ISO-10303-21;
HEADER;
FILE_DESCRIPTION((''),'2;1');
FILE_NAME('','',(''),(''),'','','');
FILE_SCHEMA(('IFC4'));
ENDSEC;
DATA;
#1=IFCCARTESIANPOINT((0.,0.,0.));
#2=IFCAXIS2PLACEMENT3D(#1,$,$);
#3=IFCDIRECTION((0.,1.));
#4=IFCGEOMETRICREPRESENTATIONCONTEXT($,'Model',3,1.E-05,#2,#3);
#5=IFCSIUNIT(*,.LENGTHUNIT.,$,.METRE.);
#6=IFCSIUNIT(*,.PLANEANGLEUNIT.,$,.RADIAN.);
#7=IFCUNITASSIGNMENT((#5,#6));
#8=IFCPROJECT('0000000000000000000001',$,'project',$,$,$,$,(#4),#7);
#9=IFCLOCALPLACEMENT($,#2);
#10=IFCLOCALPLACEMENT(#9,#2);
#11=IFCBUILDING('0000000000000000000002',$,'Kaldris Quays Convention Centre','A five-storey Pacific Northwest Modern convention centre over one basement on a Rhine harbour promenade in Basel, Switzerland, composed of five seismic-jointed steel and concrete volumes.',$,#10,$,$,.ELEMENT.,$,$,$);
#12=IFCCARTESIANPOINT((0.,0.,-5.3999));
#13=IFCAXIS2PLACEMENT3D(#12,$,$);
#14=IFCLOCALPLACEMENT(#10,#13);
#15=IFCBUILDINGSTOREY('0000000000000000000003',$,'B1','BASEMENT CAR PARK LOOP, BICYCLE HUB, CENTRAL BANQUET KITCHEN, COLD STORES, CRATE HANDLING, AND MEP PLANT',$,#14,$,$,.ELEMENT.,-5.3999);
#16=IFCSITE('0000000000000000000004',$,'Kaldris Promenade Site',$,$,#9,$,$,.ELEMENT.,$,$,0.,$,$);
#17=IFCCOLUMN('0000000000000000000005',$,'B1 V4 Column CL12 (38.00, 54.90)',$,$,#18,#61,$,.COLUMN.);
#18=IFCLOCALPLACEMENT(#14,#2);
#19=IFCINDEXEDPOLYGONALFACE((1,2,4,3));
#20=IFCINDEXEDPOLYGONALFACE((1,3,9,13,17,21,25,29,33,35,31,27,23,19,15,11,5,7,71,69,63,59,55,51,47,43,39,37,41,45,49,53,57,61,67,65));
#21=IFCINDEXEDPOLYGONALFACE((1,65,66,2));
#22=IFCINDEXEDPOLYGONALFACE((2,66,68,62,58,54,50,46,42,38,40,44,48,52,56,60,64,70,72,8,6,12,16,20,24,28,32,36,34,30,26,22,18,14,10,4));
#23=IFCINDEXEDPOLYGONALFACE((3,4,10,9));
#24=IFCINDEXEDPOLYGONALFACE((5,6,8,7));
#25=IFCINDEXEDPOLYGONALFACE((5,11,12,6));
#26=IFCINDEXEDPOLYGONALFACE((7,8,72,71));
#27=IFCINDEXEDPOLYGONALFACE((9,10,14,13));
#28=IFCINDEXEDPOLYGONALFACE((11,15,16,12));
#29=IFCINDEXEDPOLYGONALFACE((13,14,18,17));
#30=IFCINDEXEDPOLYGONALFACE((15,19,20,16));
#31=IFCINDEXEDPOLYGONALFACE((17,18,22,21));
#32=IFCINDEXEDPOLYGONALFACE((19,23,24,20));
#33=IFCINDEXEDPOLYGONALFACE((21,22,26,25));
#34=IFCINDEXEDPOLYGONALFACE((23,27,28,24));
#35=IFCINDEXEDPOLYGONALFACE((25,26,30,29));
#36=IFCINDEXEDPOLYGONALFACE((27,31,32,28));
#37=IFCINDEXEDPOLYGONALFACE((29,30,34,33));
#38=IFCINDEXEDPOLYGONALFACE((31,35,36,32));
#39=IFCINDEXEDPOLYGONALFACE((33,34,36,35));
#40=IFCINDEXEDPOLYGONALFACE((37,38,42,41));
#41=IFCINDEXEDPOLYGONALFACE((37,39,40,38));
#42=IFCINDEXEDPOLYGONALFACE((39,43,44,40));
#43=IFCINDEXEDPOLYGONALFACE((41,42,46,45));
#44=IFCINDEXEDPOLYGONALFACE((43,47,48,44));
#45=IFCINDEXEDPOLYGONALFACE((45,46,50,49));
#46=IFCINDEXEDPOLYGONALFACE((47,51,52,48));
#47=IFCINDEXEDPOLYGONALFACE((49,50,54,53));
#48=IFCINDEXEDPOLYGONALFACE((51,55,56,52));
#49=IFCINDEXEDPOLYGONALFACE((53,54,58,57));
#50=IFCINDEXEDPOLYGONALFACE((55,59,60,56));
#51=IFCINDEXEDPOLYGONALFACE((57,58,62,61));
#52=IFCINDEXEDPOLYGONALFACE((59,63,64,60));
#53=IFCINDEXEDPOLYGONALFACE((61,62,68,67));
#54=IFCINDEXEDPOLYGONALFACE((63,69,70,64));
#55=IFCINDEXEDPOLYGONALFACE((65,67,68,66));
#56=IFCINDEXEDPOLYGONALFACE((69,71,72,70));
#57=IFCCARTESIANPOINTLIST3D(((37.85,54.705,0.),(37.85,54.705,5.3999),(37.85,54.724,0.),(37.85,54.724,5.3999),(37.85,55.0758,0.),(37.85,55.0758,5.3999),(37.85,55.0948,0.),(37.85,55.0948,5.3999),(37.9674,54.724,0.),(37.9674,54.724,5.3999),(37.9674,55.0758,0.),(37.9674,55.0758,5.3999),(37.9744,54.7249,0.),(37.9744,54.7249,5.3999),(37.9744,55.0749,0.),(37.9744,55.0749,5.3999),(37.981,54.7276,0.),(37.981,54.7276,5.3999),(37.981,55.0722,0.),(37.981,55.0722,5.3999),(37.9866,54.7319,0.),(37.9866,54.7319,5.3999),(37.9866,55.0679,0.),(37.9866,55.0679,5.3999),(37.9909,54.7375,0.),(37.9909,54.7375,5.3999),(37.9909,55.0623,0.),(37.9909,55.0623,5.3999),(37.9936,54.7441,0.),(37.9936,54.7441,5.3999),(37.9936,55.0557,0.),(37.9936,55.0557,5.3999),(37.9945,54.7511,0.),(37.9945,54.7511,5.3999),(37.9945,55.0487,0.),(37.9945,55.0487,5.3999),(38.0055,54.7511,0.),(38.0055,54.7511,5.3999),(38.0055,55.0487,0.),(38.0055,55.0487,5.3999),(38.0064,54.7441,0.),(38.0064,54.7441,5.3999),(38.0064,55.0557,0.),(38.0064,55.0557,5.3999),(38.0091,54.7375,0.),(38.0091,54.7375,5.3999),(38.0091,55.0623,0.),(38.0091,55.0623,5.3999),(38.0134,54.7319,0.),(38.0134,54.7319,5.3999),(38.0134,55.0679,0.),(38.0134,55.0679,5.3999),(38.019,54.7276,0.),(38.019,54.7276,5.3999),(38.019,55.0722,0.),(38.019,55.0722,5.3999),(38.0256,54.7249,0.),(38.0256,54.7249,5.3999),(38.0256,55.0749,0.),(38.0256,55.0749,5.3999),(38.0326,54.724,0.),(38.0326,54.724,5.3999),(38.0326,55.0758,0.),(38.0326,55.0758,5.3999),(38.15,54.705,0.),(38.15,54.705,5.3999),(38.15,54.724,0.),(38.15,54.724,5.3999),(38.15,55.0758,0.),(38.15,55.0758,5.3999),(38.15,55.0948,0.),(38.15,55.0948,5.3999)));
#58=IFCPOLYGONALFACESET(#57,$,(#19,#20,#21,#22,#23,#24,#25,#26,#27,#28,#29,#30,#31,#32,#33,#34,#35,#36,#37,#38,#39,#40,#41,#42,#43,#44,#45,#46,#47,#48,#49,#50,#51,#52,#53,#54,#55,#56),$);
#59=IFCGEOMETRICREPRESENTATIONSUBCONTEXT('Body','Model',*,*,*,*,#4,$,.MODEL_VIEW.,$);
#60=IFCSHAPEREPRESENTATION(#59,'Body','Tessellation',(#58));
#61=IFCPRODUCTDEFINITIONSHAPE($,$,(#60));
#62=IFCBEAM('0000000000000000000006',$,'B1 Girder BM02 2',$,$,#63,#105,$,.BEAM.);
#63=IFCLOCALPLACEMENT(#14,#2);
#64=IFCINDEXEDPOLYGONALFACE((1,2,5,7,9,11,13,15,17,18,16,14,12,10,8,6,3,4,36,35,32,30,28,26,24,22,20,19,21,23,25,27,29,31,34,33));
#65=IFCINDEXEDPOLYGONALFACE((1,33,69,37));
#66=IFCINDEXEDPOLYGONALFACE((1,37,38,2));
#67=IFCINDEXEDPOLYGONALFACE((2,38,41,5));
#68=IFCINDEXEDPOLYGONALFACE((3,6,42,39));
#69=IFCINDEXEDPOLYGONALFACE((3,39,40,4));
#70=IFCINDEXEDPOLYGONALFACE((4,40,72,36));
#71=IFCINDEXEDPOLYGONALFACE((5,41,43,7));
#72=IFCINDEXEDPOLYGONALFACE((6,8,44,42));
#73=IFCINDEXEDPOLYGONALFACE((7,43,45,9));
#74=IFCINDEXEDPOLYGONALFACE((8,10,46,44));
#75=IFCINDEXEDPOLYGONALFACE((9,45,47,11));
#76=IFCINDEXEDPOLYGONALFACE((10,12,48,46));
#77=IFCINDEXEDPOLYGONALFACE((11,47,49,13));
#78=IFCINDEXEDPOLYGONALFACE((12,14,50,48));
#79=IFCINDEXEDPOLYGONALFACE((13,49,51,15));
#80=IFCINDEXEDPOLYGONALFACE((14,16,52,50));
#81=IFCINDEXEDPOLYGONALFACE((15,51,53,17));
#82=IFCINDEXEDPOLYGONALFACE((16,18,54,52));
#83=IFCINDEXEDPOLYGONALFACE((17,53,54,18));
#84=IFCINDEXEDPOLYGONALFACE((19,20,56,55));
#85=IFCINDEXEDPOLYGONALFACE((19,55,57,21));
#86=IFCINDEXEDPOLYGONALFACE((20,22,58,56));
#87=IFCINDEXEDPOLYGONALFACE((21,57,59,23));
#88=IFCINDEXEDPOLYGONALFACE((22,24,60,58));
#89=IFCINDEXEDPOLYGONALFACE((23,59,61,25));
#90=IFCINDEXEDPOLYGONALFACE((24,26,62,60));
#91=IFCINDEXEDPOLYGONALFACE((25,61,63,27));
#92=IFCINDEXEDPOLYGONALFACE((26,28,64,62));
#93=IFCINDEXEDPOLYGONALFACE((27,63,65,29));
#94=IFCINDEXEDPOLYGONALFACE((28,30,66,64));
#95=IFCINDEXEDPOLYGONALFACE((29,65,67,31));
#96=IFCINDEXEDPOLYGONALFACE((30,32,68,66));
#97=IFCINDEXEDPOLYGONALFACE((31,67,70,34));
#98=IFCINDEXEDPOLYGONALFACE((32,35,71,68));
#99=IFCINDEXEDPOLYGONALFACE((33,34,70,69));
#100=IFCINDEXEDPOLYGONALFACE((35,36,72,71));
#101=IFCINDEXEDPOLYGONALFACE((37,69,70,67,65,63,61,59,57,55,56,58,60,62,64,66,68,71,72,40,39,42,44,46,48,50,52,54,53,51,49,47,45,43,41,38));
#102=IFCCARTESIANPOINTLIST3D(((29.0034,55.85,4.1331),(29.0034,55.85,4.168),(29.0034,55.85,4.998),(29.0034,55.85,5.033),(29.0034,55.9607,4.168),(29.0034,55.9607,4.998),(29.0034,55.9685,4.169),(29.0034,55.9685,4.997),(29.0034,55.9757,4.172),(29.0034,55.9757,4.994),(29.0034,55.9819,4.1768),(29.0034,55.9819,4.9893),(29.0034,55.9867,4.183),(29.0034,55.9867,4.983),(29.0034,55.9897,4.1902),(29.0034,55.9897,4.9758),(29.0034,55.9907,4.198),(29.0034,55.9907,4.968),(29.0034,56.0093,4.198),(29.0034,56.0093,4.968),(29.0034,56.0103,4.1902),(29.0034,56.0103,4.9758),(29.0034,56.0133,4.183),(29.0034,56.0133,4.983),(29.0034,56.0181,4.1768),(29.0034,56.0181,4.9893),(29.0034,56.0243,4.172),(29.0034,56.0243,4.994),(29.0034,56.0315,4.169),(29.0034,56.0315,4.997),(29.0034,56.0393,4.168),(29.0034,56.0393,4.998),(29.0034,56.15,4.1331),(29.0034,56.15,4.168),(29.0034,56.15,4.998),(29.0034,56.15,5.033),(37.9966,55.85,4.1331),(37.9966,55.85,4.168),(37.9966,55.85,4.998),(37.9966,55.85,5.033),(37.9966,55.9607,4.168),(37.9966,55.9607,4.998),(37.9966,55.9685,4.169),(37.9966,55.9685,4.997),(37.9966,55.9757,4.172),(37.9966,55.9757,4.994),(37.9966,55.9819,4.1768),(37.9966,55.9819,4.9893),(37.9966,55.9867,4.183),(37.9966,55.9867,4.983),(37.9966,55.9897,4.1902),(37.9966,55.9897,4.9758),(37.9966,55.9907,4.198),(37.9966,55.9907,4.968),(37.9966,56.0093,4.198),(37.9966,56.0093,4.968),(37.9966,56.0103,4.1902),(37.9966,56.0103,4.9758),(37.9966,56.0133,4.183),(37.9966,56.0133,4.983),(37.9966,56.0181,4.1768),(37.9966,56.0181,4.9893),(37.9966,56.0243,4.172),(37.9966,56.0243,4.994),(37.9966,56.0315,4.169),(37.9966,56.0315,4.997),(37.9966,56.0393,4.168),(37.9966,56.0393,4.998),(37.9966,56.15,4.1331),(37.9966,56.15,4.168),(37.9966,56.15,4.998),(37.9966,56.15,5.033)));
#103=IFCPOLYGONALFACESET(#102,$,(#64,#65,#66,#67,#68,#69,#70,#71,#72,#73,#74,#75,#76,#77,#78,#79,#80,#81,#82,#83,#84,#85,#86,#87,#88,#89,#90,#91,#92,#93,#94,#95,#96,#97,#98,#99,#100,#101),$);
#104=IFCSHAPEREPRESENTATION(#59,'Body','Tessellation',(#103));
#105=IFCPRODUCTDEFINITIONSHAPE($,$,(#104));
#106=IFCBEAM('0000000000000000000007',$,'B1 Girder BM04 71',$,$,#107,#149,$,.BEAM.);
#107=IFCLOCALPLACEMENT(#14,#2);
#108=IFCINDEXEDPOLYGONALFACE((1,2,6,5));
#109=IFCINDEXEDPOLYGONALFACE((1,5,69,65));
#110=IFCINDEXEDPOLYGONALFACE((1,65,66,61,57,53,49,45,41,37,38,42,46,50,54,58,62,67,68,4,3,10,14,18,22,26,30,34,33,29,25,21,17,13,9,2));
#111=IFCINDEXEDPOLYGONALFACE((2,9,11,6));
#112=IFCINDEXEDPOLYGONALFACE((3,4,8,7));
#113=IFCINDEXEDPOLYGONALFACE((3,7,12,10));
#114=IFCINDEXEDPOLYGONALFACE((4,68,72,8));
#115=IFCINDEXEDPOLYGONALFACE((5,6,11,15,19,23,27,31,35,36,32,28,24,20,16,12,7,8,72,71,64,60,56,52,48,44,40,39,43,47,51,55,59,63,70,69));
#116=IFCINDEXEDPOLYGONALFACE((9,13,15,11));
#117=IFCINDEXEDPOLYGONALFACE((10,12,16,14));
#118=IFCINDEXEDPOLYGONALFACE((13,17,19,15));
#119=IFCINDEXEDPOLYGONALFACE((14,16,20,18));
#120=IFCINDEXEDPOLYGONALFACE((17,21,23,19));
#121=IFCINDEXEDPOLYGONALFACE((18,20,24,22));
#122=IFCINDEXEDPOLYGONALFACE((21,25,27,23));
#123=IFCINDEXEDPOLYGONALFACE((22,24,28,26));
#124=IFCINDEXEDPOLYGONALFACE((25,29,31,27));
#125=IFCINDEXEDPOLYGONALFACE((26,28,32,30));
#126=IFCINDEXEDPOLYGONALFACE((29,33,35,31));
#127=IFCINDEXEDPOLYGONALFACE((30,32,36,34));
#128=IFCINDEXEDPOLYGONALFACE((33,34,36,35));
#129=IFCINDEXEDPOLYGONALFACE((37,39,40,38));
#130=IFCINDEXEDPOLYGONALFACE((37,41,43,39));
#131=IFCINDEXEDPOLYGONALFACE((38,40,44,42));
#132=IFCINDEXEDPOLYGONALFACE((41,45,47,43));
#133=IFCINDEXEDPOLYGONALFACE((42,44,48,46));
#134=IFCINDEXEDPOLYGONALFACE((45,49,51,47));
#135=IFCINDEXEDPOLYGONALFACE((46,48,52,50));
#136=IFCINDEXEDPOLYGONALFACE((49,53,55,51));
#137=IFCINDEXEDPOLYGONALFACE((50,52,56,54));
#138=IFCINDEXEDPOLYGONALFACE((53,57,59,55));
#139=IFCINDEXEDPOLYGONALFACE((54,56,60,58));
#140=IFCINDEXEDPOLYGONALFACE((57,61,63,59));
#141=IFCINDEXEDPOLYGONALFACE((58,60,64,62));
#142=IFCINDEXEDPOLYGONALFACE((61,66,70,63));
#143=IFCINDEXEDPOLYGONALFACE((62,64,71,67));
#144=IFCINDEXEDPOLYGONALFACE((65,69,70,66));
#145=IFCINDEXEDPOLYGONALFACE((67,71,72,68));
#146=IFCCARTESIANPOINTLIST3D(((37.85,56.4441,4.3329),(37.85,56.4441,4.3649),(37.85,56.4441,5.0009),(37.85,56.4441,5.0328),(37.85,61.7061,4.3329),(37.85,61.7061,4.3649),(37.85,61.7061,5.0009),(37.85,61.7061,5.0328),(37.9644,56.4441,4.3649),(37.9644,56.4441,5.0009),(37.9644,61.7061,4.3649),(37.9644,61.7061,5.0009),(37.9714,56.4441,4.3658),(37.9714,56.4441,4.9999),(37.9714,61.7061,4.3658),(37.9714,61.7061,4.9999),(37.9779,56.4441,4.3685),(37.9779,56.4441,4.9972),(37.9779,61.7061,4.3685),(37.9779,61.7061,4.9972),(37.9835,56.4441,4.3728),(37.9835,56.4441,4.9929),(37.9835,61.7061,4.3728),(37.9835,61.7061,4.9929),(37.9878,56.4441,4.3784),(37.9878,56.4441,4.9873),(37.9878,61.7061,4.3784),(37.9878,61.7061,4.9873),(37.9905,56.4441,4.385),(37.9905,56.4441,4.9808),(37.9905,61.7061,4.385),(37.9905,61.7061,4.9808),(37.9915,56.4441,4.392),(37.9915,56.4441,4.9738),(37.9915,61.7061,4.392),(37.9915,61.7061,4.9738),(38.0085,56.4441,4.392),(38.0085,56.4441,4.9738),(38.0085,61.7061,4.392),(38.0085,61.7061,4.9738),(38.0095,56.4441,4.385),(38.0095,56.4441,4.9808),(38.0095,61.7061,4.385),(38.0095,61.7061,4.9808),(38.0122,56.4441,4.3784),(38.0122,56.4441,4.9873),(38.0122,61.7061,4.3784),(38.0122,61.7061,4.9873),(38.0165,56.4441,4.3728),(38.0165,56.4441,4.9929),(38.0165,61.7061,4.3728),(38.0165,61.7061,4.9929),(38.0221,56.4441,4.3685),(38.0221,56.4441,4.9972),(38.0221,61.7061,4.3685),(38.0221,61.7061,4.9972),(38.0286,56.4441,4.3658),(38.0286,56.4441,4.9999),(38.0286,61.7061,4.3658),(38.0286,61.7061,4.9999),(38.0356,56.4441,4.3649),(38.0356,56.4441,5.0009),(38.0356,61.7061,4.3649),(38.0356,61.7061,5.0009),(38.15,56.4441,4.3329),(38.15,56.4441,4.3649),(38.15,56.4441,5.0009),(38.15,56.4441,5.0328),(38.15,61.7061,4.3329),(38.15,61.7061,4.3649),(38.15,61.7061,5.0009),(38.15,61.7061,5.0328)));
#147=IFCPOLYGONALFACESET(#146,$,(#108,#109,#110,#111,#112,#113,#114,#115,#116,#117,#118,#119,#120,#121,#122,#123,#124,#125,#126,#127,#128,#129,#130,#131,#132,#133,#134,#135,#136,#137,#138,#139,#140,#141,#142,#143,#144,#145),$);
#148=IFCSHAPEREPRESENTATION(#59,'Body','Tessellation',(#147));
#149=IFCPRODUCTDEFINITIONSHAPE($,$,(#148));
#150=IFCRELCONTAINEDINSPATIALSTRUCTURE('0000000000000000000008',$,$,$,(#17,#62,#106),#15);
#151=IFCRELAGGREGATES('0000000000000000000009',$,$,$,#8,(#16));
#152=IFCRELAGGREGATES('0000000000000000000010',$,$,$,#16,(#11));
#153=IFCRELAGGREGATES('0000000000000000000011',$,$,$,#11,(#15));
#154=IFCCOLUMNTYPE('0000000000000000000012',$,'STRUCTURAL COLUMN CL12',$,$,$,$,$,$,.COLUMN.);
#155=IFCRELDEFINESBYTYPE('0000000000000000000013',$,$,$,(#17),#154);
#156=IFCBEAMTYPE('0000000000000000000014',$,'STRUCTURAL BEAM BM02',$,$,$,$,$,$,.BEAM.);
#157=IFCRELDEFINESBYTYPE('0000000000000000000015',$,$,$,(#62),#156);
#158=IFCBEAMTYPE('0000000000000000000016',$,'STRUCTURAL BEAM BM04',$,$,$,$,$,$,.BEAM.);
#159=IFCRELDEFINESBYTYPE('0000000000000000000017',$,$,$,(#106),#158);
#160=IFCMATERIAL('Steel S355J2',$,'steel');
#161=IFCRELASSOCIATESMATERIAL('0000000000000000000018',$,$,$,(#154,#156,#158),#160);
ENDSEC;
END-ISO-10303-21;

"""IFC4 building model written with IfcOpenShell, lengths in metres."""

from ifc_helpers import new_model, si_unit, direction, frame, origin, origin_2d, place, context, subcontext, project, spatial, i_section, extrude, material, material_profile, profile_set, type_object, element, save


model = new_model("IFC4")

# Units and contexts
model_context = context("Model", 3, precision=1e-05, world=origin(), true_north=direction((0.0, 1.0)))
body_context = subcontext(model_context, "Body", "Model", "MODEL_VIEW")
ifc_project = project(units=[si_unit("LENGTHUNIT", "METRE"), si_unit("PLANEANGLEUNIT", "RADIAN")], contexts=[model_context])

# Site, building, storey
site_placement = place(None, origin())
site = spatial("IfcSite", under=ifc_project, at=site_placement, Name="Kaldris Promenade Site", CompositionType="ELEMENT", RefElevation=0.0)
building_placement = place(site_placement, origin())
building = spatial("IfcBuilding", under=site, at=building_placement, Name="Kaldris Quays Convention Centre", Description="A five-storey Pacific Northwest Modern convention centre over one basement on a Rhine harbour promenade in Basel, Switzerland, composed of five seismic-jointed steel and concrete volumes.", CompositionType="ELEMENT")
storey_placement = place(building_placement, frame((0.0, 0.0, -5.3999)))
storey = spatial("IfcBuildingStorey", under=building, at=storey_placement, Name="B1", Description="BASEMENT CAR PARK LOOP, BICYCLE HUB, CENTRAL BANQUET KITCHEN, COLD STORES, CRATE HANDLING, AND MEP PLANT", CompositionType="ELEMENT", Elevation=-5.3999)

# Column
ifc_material_1 = material(Name="Steel S355J2", Category="steel")
ifc_material_profile_1 = material_profile(ifc_material_1, i_section(OverallWidth=0.3, OverallDepth=0.3899, WebThickness=0.011, FlangeThickness=0.019, FilletRadius=0.0271, at=origin_2d()), Name="HEA 400")
ifc_profile_set_1 = profile_set([ifc_material_profile_1], Name="Steel S355J2")
column_type_1 = type_object("IfcColumnType", Name="STRUCTURAL COLUMN CL12", PredefinedType="COLUMN", material=ifc_profile_set_1)
for number, where, z_axis, x_axis, name in (
    (1, (38.0, 54.8999, 0.0), (0.0, 0.0, 1.0), (1.0, 0.0, 0.0), "B1 V4 Column CL12 (38.00, 54.90)"),
):
    element("IfcColumn", number, at=place(storey_placement, frame(where, z_axis=z_axis, x_axis=x_axis)), inside=storey, type_object=column_type_1, Name=name, PredefinedType="COLUMN", context=body_context, shape_type="SweptSolid", body=[
        extrude(i_section(OverallWidth=0.3, OverallDepth=0.3899, WebThickness=0.011, FlangeThickness=0.019, FilletRadius=0.0271, at=origin_2d()), origin(), (0.0, 0.0, 1.0), 5.3999),
    ])

# Beams
ifc_material_profile_2 = material_profile(ifc_material_1, i_section(OverallWidth=0.3, OverallDepth=0.8999, WebThickness=0.0186, FlangeThickness=0.0349, FilletRadius=0.03, at=origin_2d()), Name="HEB 900")
ifc_profile_set_2 = profile_set([ifc_material_profile_2], Name="Steel S355J2")
beam_type_1 = type_object("IfcBeamType", Name="STRUCTURAL BEAM BM02", PredefinedType="BEAM", material=ifc_profile_set_2)
beam_1_placement = place(storey_placement, frame((29.0034, 56.0, 4.583), z_axis=(1.0, 0.0, 0.0), x_axis=(0.0, 1.0, 0.0)))
element("IfcBeam", 2, at=beam_1_placement, inside=storey, type_object=beam_type_1, Name="B1 Girder BM02 2", PredefinedType="BEAM", context=body_context, shape_type="SweptSolid", body=[
    extrude(i_section(OverallWidth=0.3, OverallDepth=0.8999, WebThickness=0.0186, FlangeThickness=0.0349, FilletRadius=0.03, at=origin_2d()), origin(), (0.0, 0.0, 1.0), 8.9932),
])
ifc_material_profile_3 = material_profile(ifc_material_1, i_section(OverallWidth=0.3, OverallDepth=0.7, WebThickness=0.0171, FlangeThickness=0.032, FilletRadius=0.0271, at=origin_2d()), Name="HEB 700")
ifc_profile_set_3 = profile_set([ifc_material_profile_3], Name="Steel S355J2")
beam_type_2 = type_object("IfcBeamType", Name="STRUCTURAL BEAM BM04", PredefinedType="BEAM", material=ifc_profile_set_3)
beam_2_placement = place(storey_placement, frame((38.0, 56.4441, 4.6829), z_axis=(0.0, 1.0, 0.0), x_axis=(-1.0, 0.0, 0.0)))
element("IfcBeam", 3, at=beam_2_placement, inside=storey, type_object=beam_type_2, Name="B1 Girder BM04 71", PredefinedType="BEAM", context=body_context, shape_type="SweptSolid", body=[
    extrude(i_section(OverallWidth=0.3, OverallDepth=0.7, WebThickness=0.0171, FlangeThickness=0.032, FilletRadius=0.0271, at=origin_2d()), origin(), (0.0, 0.0, 1.0), 5.262),
])

save(model, "model.ifc")
